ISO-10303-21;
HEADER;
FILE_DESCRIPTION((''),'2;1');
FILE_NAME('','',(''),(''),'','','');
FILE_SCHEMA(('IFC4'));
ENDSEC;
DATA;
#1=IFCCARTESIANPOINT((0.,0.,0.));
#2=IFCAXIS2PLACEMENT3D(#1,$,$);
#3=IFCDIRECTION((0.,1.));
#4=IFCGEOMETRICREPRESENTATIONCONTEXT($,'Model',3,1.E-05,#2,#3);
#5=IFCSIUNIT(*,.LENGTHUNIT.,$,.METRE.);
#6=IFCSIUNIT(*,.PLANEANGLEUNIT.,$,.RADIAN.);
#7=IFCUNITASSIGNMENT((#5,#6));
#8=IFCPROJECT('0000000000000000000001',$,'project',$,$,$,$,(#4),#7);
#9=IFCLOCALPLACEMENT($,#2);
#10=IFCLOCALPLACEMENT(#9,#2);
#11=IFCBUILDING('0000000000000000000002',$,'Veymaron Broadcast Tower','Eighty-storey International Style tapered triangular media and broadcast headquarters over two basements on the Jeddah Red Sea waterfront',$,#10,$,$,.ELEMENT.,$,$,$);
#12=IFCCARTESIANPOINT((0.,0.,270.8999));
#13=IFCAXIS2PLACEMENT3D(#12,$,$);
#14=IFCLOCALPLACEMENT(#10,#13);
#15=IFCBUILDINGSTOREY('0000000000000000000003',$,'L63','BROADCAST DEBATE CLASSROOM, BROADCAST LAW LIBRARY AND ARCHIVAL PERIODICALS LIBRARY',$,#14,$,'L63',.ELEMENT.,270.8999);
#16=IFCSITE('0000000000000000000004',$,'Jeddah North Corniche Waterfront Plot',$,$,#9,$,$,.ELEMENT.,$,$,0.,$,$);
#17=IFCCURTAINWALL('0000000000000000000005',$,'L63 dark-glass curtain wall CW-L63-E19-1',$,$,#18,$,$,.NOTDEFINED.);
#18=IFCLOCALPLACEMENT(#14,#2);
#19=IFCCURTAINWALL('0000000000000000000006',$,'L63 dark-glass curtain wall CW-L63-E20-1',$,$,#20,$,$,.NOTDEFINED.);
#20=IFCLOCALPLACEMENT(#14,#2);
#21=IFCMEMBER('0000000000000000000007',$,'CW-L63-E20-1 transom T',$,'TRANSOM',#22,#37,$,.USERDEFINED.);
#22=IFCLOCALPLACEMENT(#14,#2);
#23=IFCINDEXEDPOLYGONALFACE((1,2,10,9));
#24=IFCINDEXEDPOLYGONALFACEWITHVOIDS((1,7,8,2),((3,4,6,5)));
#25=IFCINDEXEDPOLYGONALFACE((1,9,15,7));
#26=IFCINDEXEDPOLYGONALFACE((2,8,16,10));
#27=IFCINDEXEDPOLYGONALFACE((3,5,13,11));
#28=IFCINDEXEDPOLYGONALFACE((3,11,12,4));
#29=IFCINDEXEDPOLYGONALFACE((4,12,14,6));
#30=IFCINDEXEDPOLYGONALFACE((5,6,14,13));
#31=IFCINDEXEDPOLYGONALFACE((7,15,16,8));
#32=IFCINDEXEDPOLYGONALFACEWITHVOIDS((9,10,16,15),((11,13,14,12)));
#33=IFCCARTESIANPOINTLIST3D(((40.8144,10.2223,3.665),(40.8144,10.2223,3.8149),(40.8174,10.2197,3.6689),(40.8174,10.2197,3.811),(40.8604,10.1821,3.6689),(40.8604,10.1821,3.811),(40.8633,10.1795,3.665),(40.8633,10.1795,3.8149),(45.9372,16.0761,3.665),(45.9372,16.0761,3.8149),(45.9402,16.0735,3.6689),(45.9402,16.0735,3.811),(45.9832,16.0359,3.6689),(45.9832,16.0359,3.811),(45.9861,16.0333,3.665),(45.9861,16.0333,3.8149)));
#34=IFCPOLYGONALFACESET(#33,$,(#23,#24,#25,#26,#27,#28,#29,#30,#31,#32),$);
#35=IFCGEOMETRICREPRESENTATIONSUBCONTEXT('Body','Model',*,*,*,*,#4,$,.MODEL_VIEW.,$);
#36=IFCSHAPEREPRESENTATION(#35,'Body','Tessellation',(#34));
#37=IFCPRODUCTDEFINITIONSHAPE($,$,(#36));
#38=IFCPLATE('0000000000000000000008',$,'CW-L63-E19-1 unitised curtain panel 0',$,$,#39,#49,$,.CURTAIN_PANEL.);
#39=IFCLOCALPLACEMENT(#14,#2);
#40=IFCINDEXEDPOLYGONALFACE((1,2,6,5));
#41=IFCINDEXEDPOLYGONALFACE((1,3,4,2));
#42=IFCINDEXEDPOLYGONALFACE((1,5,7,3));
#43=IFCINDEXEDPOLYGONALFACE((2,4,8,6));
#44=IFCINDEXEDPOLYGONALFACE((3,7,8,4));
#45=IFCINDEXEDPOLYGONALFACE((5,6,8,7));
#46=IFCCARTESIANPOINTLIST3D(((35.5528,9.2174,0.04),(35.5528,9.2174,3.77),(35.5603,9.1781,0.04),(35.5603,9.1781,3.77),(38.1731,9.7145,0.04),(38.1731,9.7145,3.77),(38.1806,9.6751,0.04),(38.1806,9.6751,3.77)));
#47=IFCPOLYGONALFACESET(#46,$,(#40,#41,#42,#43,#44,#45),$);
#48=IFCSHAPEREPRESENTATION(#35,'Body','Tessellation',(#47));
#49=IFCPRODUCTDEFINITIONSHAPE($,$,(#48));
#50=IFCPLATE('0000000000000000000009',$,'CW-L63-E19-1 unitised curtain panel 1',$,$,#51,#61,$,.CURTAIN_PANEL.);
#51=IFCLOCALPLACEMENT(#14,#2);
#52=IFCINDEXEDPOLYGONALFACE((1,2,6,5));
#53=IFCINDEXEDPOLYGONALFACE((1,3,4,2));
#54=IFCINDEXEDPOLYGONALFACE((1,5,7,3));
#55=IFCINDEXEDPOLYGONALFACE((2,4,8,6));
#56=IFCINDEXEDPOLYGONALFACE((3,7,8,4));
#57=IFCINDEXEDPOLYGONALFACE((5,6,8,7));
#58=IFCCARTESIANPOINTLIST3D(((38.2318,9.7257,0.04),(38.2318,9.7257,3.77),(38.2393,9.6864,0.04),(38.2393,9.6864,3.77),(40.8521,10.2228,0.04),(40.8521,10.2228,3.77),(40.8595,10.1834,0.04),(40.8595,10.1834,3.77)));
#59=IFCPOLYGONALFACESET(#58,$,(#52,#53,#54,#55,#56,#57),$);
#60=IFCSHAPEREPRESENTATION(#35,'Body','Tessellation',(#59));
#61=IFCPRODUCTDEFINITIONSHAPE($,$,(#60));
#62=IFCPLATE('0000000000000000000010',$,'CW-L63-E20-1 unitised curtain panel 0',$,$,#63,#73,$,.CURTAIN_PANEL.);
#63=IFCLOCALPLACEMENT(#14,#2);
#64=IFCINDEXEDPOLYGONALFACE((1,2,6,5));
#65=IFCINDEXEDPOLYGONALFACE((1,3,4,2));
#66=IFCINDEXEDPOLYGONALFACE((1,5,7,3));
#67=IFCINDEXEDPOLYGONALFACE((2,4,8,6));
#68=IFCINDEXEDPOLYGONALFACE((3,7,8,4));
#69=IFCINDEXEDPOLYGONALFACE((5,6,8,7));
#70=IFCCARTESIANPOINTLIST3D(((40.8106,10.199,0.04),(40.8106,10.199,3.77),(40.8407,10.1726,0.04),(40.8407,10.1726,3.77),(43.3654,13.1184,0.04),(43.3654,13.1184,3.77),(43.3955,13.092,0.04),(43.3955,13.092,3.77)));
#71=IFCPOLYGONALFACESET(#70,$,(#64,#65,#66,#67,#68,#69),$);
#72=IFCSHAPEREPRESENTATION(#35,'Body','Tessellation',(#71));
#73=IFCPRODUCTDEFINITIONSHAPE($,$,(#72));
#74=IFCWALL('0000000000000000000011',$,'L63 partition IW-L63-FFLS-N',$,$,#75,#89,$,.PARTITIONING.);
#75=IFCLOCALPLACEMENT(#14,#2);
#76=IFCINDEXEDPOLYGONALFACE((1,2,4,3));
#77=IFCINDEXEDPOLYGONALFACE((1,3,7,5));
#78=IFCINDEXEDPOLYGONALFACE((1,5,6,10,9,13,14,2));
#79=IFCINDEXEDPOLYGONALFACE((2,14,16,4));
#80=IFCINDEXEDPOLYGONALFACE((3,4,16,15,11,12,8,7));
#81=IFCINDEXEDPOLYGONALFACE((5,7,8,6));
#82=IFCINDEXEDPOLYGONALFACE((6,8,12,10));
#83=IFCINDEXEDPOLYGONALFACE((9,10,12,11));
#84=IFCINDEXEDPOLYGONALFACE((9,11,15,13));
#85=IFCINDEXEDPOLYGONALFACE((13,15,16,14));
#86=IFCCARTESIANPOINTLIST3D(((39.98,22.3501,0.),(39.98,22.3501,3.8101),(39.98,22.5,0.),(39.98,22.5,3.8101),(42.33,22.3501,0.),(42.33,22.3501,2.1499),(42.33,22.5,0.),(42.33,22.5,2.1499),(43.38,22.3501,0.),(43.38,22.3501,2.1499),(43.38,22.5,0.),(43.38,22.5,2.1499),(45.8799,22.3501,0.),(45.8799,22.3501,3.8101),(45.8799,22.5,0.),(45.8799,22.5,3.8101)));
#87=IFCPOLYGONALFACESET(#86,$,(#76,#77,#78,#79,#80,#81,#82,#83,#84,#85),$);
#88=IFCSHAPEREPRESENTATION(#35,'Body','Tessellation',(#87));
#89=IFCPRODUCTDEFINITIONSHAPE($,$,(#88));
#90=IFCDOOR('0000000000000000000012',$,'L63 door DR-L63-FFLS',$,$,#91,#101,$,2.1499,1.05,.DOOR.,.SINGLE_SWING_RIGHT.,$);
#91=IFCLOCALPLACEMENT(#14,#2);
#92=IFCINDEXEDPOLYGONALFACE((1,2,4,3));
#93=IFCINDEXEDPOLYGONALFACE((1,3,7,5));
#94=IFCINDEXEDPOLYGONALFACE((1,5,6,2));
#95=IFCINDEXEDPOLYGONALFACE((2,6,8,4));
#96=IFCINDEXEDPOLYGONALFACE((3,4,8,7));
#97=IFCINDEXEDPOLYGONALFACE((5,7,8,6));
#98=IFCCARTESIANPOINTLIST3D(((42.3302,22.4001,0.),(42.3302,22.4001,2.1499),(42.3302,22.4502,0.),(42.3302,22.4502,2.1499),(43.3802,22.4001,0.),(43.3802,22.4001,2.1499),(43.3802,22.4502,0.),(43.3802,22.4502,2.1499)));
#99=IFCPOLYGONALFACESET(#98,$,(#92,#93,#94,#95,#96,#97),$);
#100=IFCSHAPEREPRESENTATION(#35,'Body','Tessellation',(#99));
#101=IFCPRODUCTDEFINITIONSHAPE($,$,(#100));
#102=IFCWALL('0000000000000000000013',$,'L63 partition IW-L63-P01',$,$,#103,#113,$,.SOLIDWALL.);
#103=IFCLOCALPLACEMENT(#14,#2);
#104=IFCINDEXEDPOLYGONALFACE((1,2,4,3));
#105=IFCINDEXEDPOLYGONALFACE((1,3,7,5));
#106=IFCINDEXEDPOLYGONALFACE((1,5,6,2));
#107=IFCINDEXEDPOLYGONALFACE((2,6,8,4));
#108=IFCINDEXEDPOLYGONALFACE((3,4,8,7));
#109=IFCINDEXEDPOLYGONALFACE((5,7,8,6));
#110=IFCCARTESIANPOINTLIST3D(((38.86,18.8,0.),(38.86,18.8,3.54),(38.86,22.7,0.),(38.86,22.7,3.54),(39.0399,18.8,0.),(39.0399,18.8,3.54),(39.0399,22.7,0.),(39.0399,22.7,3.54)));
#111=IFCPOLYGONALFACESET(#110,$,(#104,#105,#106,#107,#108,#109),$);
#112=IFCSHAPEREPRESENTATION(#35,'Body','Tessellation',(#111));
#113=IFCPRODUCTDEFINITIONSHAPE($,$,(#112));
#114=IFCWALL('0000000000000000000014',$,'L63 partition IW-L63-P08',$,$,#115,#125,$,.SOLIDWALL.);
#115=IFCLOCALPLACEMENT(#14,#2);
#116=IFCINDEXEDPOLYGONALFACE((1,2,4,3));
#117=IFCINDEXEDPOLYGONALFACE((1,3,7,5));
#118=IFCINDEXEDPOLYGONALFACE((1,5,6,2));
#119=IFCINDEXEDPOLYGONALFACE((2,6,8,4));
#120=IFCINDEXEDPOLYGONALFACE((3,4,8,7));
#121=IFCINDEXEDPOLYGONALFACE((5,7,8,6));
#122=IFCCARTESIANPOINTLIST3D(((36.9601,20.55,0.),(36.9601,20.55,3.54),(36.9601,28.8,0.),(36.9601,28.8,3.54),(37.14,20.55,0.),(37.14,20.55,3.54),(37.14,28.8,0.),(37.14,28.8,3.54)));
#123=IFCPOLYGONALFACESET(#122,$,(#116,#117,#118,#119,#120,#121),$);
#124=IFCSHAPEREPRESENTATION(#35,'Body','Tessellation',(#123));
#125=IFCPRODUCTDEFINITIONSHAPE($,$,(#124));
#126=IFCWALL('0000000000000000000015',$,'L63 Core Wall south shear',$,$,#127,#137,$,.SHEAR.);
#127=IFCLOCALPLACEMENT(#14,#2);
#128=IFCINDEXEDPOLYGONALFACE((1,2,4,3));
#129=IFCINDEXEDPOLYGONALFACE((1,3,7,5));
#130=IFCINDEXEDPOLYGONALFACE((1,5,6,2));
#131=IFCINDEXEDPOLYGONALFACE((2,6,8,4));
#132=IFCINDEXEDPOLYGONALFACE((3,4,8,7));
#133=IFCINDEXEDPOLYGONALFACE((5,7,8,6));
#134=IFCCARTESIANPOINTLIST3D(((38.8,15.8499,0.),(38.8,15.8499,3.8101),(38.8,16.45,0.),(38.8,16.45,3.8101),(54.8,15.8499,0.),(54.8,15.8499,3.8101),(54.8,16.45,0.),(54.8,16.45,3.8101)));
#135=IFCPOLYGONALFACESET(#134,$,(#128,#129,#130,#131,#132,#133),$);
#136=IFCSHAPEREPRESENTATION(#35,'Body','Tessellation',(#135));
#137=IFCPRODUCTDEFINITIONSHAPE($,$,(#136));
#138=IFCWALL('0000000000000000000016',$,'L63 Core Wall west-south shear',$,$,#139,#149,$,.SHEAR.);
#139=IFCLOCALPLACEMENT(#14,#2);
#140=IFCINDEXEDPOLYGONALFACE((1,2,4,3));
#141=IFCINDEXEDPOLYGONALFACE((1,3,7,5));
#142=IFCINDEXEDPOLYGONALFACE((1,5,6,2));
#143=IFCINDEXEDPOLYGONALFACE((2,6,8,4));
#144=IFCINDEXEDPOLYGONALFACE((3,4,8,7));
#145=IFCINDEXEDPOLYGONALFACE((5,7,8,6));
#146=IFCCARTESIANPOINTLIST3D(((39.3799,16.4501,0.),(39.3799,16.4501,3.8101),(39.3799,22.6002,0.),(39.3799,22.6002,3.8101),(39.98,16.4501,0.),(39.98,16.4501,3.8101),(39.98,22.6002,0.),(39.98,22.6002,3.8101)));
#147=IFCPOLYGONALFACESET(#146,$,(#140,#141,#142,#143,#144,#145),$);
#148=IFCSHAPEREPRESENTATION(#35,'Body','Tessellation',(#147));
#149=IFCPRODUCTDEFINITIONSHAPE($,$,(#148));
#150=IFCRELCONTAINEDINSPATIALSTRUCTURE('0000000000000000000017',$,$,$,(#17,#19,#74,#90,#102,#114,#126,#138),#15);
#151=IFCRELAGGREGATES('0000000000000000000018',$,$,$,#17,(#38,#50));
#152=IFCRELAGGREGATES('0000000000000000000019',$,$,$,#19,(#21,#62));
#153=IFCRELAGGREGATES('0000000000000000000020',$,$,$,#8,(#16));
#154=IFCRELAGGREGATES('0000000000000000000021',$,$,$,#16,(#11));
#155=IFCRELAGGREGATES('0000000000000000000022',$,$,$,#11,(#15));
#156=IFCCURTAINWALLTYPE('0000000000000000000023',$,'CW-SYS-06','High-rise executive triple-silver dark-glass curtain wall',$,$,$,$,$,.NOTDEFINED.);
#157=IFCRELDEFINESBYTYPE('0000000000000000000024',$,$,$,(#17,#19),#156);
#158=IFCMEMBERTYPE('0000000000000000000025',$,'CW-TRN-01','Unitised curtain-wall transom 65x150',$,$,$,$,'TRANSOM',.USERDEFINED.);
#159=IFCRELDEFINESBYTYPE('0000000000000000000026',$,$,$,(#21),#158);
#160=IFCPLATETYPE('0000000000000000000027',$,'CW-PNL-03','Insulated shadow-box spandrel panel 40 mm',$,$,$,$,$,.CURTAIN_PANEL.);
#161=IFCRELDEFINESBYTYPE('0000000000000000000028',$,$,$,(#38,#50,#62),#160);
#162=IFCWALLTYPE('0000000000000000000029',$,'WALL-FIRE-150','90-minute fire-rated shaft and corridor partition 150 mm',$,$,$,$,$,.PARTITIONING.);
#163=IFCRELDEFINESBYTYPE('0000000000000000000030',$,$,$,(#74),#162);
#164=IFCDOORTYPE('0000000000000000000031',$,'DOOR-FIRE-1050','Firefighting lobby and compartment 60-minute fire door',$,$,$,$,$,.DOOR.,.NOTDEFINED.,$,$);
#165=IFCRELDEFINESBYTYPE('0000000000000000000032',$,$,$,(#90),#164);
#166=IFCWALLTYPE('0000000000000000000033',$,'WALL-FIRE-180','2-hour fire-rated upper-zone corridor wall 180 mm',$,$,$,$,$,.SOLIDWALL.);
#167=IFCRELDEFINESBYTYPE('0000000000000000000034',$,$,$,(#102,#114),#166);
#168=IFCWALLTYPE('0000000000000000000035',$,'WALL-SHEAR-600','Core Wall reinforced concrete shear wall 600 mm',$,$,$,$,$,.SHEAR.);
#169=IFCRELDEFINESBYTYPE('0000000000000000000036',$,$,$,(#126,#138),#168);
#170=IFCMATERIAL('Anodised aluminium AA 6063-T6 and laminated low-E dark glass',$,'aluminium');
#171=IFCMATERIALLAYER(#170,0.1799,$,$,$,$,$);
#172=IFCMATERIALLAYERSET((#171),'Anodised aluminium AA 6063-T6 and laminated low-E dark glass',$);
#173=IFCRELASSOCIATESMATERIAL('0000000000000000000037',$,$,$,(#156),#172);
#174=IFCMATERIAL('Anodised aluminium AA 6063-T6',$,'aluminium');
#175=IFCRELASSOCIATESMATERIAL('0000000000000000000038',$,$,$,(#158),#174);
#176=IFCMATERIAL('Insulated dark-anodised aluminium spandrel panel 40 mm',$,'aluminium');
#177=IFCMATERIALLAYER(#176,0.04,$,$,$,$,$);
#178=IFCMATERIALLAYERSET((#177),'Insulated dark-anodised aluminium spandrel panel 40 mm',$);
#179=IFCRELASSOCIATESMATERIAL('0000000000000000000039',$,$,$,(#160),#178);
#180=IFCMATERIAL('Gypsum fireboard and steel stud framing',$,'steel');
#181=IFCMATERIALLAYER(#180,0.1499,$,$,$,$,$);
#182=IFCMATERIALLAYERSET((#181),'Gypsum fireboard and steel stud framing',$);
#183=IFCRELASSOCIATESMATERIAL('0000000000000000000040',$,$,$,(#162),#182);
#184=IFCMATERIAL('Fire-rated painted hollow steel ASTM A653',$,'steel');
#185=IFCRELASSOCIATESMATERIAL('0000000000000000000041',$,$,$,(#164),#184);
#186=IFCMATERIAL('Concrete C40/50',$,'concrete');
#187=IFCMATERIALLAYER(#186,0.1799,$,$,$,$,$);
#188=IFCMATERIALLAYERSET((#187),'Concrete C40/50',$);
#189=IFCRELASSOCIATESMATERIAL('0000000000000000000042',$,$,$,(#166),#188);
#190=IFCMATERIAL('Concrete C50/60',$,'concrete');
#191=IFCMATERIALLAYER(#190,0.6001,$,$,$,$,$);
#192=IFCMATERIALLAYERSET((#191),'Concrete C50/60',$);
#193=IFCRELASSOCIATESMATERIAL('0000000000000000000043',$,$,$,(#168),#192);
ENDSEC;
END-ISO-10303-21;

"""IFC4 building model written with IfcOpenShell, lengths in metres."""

from ifc_helpers import new_model, si_unit, direction, frame, frame_2d, origin, origin_2d, place, context, subcontext, project, spatial, rectangle, hollow_rectangle, extrude, material, layer, layer_set, material_profile, profile_set, type_object, element, fill, aggregate, save


model = new_model("IFC4")

# Units and contexts
model_context = context("Model", 3, precision=1e-05, world=origin(), true_north=direction((0.0, 1.0)))
body_context = subcontext(model_context, "Body", "Model", "MODEL_VIEW")
ifc_project = project(units=[si_unit("LENGTHUNIT", "METRE"), si_unit("PLANEANGLEUNIT", "RADIAN")], contexts=[model_context])

# Site, building, storey
site_placement = place(None, origin())
site = spatial("IfcSite", under=ifc_project, at=site_placement, Name="Jeddah North Corniche Waterfront Plot", CompositionType="ELEMENT", RefElevation=0.0)
building_placement = place(site_placement, origin())
building = spatial("IfcBuilding", under=site, at=building_placement, Name="Veymaron Broadcast Tower", Description="Eighty-storey International Style tapered triangular media and broadcast headquarters over two basements on the Jeddah Red Sea waterfront", CompositionType="ELEMENT")
storey_placement = place(building_placement, frame((0.0, 0.0, 270.8999)))
storey = spatial("IfcBuildingStorey", under=building, at=storey_placement, Name="L63", Description="BROADCAST DEBATE CLASSROOM, BROADCAST LAW LIBRARY AND ARCHIVAL PERIODICALS LIBRARY", LongName="L63", CompositionType="ELEMENT", Elevation=270.8999)

# Curtain walls, member
ifc_material_1 = material(Name="Anodised aluminium AA 6063-T6 and laminated low-E dark glass", Category="aluminium")
ifc_layer_1 = layer(ifc_material_1, 0.1799)
ifc_layer_set_1 = layer_set([ifc_layer_1], Name="Anodised aluminium AA 6063-T6 and laminated low-E dark glass")
curtain_wall_type = type_object("IfcCurtainWallType", Name="CW-SYS-06", Description="High-rise executive triple-silver dark-glass curtain wall", PredefinedType="NOTDEFINED", material=ifc_layer_set_1)
curtain_wall_1_placement = place(storey_placement, origin())
curtain_wall_1 = element("IfcCurtainWall", 1, at=curtain_wall_1_placement, inside=storey, type_object=curtain_wall_type, Name="L63 dark-glass curtain wall CW-L63-E19-1", PredefinedType="NOTDEFINED")
ifc_material_2 = material(Name="Anodised aluminium AA 6063-T6", Category="aluminium")
curtain_wall_2_placement = place(storey_placement, origin())
curtain_wall_2 = element("IfcCurtainWall", 2, at=curtain_wall_2_placement, inside=storey, type_object=curtain_wall_type, Name="L63 dark-glass curtain wall CW-L63-E20-1", PredefinedType="NOTDEFINED")
ifc_material_profile_1 = material_profile(ifc_material_2, hollow_rectangle(XDim=0.0649, YDim=0.1499, WallThickness=0.0039, at=origin_2d()), Name="AL150X65X4")
ifc_profile_set_1 = profile_set([ifc_material_profile_1], Name="Anodised aluminium AA 6063-T6")
member_type_1 = type_object("IfcMemberType", Name="CW-TRN-01", Description="Unitised curtain-wall transom 65x150", ElementType="TRANSOM", PredefinedType="USERDEFINED", material=ifc_profile_set_1)
member_1_placement = place(storey_placement, frame((40.8389, 10.2009, 3.74), z_axis=(0.65856, 0.752528, 0.0), x_axis=(-0.752528, 0.65856, 0.0)))
member_1 = element("IfcMember", 3, at=member_1_placement, type_object=member_type_1, Name="CW-L63-E20-1 transom T", ObjectType="TRANSOM", PredefinedType="USERDEFINED", context=body_context, shape_type="SweptSolid", body=[
    extrude(hollow_rectangle(XDim=0.0649, YDim=0.1499, WallThickness=0.0039, at=origin_2d()), origin(), (0.0, 0.0, 1.0), 7.7788),
])

# Plates
ifc_material_3 = material(Name="Insulated dark-anodised aluminium spandrel panel 40 mm", Category="aluminium")
ifc_layer_2 = layer(ifc_material_3, 0.04)
ifc_layer_set_2 = layer_set([ifc_layer_2], Name="Insulated dark-anodised aluminium spandrel panel 40 mm")
plate_type = type_object("IfcPlateType", Name="CW-PNL-03", Description="Insulated shadow-box spandrel panel 40 mm", PredefinedType="CURTAIN_PANEL", material=ifc_layer_set_2)
plate_1_placement = place(storey_placement, frame((36.8667, 9.4463, 0.04), z_axis=(0.0, 0.0, 1.0), x_axis=(0.98248, 0.18637, 0.0)))
plate_1 = element("IfcPlate", 4, at=plate_1_placement, type_object=plate_type, Name="CW-L63-E19-1 unitised curtain panel 0", PredefinedType="CURTAIN_PANEL", context=body_context, shape_type="SweptSolid", body=[
    extrude(rectangle(XDim=2.667, YDim=0.04, at=origin_2d()), origin(), (0.0, 0.0, 1.0), 3.73),
])
plate_2_placement = place(storey_placement, frame((39.5457, 9.9546, 0.04), z_axis=(0.0, 0.0, 1.0), x_axis=(0.98248, 0.18637, 0.0)))
plate_2 = element("IfcPlate", 5, at=plate_2_placement, type_object=plate_type, Name="CW-L63-E19-1 unitised curtain panel 1", PredefinedType="CURTAIN_PANEL", context=body_context, shape_type="SweptSolid", body=[
    extrude(rectangle(XDim=2.667, YDim=0.04, at=origin_2d()), origin(), (0.0, 0.0, 1.0), 3.73),
])
aggregate(curtain_wall_1, [plate_1, plate_2])
plate_3_placement = place(storey_placement, frame((42.103, 11.6455, 0.04), z_axis=(0.0, 0.0, 1.0), x_axis=(0.658558, 0.75253, 0.0)))
plate_3 = element("IfcPlate", 6, at=plate_3_placement, type_object=plate_type, Name="CW-L63-E20-1 unitised curtain panel 0", PredefinedType="CURTAIN_PANEL", context=body_context, shape_type="SweptSolid", body=[
    extrude(rectangle(XDim=3.8794, YDim=0.04, at=origin_2d()), origin(), (0.0, 0.0, 1.0), 3.73),
])
aggregate(curtain_wall_2, [member_1, plate_3])

# Wall, opening, door
ifc_material_4 = material(Name="Gypsum fireboard and steel stud framing", Category="steel")
ifc_layer_3 = layer(ifc_material_4, 0.1499)
ifc_layer_set_3 = layer_set([ifc_layer_3], Name="Gypsum fireboard and steel stud framing")
wall_type_1 = type_object("IfcWallType", Name="WALL-FIRE-150", Description="90-minute fire-rated shaft and corridor partition 150 mm", PredefinedType="PARTITIONING", material=ifc_layer_set_3)
wall_1_placement = place(storey_placement, frame((39.98, 22.425, 0.0), z_axis=(0.0, 0.0, 1.0), x_axis=(1.0, 0.0, 0.0)))
wall_1 = element("IfcWall", 7, at=wall_1_placement, inside=storey, type_object=wall_type_1, Name="L63 partition IW-L63-FFLS-N", PredefinedType="PARTITIONING", context=body_context, shape_type="SweptSolid", body=[
    extrude(rectangle(XDim=5.8999, YDim=0.1499, at=frame_2d((2.95, 0.0))), origin(), (0.0, 0.0, 1.0), 3.8101),
])
opening_1_placement = place(wall_1_placement, frame((2.3501, 0.0, 0.0)))
opening_1 = element("IfcOpeningElement", 8, at=opening_1_placement, cuts=wall_1, PredefinedType="OPENING", context=body_context, shape_type="SweptSolid", body=[
    extrude(rectangle(XDim=1.05, YDim=2.1499, at=frame_2d((0.5249, 1.075))), frame((0.0, 0.085, 0.0), z_axis=(0.0, -1.0, 0.0), x_axis=(1.0, 0.0, 0.0)), (0.0, 0.0, 1.0), 0.1699),
])
ifc_material_5 = material(Name="Fire-rated painted hollow steel ASTM A653", Category="steel")
door_type_1 = type_object("IfcDoorType", Name="DOOR-FIRE-1050", Description="Firefighting lobby and compartment 60-minute fire door", OperationType="NOTDEFINED", PredefinedType="DOOR", material=ifc_material_5)
door_1_placement = place(opening_1_placement, frame((1.05, 0.0, 0.0), z_axis=(0.0, 0.0, 1.0), x_axis=(-1.0, 0.0, 0.0)))
door_1 = element("IfcDoor", 9, at=door_1_placement, inside=storey, type_object=door_type_1, Name="L63 door DR-L63-FFLS", OperationType="SINGLE_SWING_RIGHT", OverallHeight=2.1499, OverallWidth=1.05, PredefinedType="DOOR", context=body_context, shape_type="SweptSolid", body=[
    extrude(rectangle(XDim=1.05, YDim=2.1499, at=frame_2d((0.5249, 1.075))), frame((0.0, 0.0249, 0.0), z_axis=(0.0, -1.0, 0.0), x_axis=(1.0, 0.0, 0.0)), (0.0, 0.0, 1.0), 0.05),
])
fill(opening_1, door_1)

# Walls
ifc_material_6 = material(Name="Concrete C40/50", Category="concrete")
ifc_layer_4 = layer(ifc_material_6, 0.1799)
ifc_layer_set_4 = layer_set([ifc_layer_4], Name="Concrete C40/50")
wall_type_2 = type_object("IfcWallType", Name="WALL-FIRE-180", Description="2-hour fire-rated upper-zone corridor wall 180 mm", PredefinedType="SOLIDWALL", material=ifc_layer_set_4)
wall_2_placement = place(storey_placement, frame((38.95, 18.8, 0.0), z_axis=(0.0, 0.0, 1.0), x_axis=(0.0, 1.0, 0.0)))
element("IfcWall", 10, at=wall_2_placement, inside=storey, type_object=wall_type_2, Name="L63 partition IW-L63-P01", PredefinedType="SOLIDWALL", context=body_context, shape_type="SweptSolid", body=[
    extrude(rectangle(XDim=3.8999, YDim=0.1799, at=frame_2d((1.95, 0.0))), origin(), (0.0, 0.0, 1.0), 3.54),
])
wall_3_placement = place(storey_placement, frame((37.05, 20.55, 0.0), z_axis=(0.0, 0.0, 1.0), x_axis=(0.0, 1.0, 0.0)))
element("IfcWall", 11, at=wall_3_placement, inside=storey, type_object=wall_type_2, Name="L63 partition IW-L63-P08", PredefinedType="SOLIDWALL", context=body_context, shape_type="SweptSolid", body=[
    extrude(rectangle(XDim=8.25, YDim=0.1799, at=frame_2d((4.125, 0.0))), origin(), (0.0, 0.0, 1.0), 3.54),
])

# Shared definitions
ifc_material_7 = material(Name="Concrete C50/60", Category="concrete")

# Walls
ifc_layer_5 = layer(ifc_material_7, 0.6001)
ifc_layer_set_5 = layer_set([ifc_layer_5], Name="Concrete C50/60")
wall_type_3 = type_object("IfcWallType", Name="WALL-SHEAR-600", Description="Core Wall reinforced concrete shear wall 600 mm", PredefinedType="SHEAR", material=ifc_layer_set_5)
wall_4_placement = place(storey_placement, frame((38.8, 16.1499, 0.0), z_axis=(0.0, 0.0, 1.0), x_axis=(1.0, 0.0, 0.0)))
element("IfcWall", 12, at=wall_4_placement, inside=storey, type_object=wall_type_3, Name="L63 Core Wall south shear", PredefinedType="SHEAR", context=body_context, shape_type="SweptSolid", body=[
    extrude(rectangle(XDim=16.0, YDim=0.6001, at=frame_2d((8.0, 0.0))), origin(), (0.0, 0.0, 1.0), 3.8101),
])
wall_5_placement = place(storey_placement, frame((39.6799, 16.45, 0.0), z_axis=(0.0, 0.0, 1.0), x_axis=(0.0, 1.0, 0.0)))
element("IfcWall", 13, at=wall_5_placement, inside=storey, type_object=wall_type_3, Name="L63 Core Wall west-south shear", PredefinedType="SHEAR", context=body_context, shape_type="SweptSolid", body=[
    extrude(rectangle(XDim=6.1501, YDim=0.6001, at=frame_2d((3.0752, 0.0))), origin(), (0.0, 0.0, 1.0), 3.8101),
])

save(model, "model.ifc")
